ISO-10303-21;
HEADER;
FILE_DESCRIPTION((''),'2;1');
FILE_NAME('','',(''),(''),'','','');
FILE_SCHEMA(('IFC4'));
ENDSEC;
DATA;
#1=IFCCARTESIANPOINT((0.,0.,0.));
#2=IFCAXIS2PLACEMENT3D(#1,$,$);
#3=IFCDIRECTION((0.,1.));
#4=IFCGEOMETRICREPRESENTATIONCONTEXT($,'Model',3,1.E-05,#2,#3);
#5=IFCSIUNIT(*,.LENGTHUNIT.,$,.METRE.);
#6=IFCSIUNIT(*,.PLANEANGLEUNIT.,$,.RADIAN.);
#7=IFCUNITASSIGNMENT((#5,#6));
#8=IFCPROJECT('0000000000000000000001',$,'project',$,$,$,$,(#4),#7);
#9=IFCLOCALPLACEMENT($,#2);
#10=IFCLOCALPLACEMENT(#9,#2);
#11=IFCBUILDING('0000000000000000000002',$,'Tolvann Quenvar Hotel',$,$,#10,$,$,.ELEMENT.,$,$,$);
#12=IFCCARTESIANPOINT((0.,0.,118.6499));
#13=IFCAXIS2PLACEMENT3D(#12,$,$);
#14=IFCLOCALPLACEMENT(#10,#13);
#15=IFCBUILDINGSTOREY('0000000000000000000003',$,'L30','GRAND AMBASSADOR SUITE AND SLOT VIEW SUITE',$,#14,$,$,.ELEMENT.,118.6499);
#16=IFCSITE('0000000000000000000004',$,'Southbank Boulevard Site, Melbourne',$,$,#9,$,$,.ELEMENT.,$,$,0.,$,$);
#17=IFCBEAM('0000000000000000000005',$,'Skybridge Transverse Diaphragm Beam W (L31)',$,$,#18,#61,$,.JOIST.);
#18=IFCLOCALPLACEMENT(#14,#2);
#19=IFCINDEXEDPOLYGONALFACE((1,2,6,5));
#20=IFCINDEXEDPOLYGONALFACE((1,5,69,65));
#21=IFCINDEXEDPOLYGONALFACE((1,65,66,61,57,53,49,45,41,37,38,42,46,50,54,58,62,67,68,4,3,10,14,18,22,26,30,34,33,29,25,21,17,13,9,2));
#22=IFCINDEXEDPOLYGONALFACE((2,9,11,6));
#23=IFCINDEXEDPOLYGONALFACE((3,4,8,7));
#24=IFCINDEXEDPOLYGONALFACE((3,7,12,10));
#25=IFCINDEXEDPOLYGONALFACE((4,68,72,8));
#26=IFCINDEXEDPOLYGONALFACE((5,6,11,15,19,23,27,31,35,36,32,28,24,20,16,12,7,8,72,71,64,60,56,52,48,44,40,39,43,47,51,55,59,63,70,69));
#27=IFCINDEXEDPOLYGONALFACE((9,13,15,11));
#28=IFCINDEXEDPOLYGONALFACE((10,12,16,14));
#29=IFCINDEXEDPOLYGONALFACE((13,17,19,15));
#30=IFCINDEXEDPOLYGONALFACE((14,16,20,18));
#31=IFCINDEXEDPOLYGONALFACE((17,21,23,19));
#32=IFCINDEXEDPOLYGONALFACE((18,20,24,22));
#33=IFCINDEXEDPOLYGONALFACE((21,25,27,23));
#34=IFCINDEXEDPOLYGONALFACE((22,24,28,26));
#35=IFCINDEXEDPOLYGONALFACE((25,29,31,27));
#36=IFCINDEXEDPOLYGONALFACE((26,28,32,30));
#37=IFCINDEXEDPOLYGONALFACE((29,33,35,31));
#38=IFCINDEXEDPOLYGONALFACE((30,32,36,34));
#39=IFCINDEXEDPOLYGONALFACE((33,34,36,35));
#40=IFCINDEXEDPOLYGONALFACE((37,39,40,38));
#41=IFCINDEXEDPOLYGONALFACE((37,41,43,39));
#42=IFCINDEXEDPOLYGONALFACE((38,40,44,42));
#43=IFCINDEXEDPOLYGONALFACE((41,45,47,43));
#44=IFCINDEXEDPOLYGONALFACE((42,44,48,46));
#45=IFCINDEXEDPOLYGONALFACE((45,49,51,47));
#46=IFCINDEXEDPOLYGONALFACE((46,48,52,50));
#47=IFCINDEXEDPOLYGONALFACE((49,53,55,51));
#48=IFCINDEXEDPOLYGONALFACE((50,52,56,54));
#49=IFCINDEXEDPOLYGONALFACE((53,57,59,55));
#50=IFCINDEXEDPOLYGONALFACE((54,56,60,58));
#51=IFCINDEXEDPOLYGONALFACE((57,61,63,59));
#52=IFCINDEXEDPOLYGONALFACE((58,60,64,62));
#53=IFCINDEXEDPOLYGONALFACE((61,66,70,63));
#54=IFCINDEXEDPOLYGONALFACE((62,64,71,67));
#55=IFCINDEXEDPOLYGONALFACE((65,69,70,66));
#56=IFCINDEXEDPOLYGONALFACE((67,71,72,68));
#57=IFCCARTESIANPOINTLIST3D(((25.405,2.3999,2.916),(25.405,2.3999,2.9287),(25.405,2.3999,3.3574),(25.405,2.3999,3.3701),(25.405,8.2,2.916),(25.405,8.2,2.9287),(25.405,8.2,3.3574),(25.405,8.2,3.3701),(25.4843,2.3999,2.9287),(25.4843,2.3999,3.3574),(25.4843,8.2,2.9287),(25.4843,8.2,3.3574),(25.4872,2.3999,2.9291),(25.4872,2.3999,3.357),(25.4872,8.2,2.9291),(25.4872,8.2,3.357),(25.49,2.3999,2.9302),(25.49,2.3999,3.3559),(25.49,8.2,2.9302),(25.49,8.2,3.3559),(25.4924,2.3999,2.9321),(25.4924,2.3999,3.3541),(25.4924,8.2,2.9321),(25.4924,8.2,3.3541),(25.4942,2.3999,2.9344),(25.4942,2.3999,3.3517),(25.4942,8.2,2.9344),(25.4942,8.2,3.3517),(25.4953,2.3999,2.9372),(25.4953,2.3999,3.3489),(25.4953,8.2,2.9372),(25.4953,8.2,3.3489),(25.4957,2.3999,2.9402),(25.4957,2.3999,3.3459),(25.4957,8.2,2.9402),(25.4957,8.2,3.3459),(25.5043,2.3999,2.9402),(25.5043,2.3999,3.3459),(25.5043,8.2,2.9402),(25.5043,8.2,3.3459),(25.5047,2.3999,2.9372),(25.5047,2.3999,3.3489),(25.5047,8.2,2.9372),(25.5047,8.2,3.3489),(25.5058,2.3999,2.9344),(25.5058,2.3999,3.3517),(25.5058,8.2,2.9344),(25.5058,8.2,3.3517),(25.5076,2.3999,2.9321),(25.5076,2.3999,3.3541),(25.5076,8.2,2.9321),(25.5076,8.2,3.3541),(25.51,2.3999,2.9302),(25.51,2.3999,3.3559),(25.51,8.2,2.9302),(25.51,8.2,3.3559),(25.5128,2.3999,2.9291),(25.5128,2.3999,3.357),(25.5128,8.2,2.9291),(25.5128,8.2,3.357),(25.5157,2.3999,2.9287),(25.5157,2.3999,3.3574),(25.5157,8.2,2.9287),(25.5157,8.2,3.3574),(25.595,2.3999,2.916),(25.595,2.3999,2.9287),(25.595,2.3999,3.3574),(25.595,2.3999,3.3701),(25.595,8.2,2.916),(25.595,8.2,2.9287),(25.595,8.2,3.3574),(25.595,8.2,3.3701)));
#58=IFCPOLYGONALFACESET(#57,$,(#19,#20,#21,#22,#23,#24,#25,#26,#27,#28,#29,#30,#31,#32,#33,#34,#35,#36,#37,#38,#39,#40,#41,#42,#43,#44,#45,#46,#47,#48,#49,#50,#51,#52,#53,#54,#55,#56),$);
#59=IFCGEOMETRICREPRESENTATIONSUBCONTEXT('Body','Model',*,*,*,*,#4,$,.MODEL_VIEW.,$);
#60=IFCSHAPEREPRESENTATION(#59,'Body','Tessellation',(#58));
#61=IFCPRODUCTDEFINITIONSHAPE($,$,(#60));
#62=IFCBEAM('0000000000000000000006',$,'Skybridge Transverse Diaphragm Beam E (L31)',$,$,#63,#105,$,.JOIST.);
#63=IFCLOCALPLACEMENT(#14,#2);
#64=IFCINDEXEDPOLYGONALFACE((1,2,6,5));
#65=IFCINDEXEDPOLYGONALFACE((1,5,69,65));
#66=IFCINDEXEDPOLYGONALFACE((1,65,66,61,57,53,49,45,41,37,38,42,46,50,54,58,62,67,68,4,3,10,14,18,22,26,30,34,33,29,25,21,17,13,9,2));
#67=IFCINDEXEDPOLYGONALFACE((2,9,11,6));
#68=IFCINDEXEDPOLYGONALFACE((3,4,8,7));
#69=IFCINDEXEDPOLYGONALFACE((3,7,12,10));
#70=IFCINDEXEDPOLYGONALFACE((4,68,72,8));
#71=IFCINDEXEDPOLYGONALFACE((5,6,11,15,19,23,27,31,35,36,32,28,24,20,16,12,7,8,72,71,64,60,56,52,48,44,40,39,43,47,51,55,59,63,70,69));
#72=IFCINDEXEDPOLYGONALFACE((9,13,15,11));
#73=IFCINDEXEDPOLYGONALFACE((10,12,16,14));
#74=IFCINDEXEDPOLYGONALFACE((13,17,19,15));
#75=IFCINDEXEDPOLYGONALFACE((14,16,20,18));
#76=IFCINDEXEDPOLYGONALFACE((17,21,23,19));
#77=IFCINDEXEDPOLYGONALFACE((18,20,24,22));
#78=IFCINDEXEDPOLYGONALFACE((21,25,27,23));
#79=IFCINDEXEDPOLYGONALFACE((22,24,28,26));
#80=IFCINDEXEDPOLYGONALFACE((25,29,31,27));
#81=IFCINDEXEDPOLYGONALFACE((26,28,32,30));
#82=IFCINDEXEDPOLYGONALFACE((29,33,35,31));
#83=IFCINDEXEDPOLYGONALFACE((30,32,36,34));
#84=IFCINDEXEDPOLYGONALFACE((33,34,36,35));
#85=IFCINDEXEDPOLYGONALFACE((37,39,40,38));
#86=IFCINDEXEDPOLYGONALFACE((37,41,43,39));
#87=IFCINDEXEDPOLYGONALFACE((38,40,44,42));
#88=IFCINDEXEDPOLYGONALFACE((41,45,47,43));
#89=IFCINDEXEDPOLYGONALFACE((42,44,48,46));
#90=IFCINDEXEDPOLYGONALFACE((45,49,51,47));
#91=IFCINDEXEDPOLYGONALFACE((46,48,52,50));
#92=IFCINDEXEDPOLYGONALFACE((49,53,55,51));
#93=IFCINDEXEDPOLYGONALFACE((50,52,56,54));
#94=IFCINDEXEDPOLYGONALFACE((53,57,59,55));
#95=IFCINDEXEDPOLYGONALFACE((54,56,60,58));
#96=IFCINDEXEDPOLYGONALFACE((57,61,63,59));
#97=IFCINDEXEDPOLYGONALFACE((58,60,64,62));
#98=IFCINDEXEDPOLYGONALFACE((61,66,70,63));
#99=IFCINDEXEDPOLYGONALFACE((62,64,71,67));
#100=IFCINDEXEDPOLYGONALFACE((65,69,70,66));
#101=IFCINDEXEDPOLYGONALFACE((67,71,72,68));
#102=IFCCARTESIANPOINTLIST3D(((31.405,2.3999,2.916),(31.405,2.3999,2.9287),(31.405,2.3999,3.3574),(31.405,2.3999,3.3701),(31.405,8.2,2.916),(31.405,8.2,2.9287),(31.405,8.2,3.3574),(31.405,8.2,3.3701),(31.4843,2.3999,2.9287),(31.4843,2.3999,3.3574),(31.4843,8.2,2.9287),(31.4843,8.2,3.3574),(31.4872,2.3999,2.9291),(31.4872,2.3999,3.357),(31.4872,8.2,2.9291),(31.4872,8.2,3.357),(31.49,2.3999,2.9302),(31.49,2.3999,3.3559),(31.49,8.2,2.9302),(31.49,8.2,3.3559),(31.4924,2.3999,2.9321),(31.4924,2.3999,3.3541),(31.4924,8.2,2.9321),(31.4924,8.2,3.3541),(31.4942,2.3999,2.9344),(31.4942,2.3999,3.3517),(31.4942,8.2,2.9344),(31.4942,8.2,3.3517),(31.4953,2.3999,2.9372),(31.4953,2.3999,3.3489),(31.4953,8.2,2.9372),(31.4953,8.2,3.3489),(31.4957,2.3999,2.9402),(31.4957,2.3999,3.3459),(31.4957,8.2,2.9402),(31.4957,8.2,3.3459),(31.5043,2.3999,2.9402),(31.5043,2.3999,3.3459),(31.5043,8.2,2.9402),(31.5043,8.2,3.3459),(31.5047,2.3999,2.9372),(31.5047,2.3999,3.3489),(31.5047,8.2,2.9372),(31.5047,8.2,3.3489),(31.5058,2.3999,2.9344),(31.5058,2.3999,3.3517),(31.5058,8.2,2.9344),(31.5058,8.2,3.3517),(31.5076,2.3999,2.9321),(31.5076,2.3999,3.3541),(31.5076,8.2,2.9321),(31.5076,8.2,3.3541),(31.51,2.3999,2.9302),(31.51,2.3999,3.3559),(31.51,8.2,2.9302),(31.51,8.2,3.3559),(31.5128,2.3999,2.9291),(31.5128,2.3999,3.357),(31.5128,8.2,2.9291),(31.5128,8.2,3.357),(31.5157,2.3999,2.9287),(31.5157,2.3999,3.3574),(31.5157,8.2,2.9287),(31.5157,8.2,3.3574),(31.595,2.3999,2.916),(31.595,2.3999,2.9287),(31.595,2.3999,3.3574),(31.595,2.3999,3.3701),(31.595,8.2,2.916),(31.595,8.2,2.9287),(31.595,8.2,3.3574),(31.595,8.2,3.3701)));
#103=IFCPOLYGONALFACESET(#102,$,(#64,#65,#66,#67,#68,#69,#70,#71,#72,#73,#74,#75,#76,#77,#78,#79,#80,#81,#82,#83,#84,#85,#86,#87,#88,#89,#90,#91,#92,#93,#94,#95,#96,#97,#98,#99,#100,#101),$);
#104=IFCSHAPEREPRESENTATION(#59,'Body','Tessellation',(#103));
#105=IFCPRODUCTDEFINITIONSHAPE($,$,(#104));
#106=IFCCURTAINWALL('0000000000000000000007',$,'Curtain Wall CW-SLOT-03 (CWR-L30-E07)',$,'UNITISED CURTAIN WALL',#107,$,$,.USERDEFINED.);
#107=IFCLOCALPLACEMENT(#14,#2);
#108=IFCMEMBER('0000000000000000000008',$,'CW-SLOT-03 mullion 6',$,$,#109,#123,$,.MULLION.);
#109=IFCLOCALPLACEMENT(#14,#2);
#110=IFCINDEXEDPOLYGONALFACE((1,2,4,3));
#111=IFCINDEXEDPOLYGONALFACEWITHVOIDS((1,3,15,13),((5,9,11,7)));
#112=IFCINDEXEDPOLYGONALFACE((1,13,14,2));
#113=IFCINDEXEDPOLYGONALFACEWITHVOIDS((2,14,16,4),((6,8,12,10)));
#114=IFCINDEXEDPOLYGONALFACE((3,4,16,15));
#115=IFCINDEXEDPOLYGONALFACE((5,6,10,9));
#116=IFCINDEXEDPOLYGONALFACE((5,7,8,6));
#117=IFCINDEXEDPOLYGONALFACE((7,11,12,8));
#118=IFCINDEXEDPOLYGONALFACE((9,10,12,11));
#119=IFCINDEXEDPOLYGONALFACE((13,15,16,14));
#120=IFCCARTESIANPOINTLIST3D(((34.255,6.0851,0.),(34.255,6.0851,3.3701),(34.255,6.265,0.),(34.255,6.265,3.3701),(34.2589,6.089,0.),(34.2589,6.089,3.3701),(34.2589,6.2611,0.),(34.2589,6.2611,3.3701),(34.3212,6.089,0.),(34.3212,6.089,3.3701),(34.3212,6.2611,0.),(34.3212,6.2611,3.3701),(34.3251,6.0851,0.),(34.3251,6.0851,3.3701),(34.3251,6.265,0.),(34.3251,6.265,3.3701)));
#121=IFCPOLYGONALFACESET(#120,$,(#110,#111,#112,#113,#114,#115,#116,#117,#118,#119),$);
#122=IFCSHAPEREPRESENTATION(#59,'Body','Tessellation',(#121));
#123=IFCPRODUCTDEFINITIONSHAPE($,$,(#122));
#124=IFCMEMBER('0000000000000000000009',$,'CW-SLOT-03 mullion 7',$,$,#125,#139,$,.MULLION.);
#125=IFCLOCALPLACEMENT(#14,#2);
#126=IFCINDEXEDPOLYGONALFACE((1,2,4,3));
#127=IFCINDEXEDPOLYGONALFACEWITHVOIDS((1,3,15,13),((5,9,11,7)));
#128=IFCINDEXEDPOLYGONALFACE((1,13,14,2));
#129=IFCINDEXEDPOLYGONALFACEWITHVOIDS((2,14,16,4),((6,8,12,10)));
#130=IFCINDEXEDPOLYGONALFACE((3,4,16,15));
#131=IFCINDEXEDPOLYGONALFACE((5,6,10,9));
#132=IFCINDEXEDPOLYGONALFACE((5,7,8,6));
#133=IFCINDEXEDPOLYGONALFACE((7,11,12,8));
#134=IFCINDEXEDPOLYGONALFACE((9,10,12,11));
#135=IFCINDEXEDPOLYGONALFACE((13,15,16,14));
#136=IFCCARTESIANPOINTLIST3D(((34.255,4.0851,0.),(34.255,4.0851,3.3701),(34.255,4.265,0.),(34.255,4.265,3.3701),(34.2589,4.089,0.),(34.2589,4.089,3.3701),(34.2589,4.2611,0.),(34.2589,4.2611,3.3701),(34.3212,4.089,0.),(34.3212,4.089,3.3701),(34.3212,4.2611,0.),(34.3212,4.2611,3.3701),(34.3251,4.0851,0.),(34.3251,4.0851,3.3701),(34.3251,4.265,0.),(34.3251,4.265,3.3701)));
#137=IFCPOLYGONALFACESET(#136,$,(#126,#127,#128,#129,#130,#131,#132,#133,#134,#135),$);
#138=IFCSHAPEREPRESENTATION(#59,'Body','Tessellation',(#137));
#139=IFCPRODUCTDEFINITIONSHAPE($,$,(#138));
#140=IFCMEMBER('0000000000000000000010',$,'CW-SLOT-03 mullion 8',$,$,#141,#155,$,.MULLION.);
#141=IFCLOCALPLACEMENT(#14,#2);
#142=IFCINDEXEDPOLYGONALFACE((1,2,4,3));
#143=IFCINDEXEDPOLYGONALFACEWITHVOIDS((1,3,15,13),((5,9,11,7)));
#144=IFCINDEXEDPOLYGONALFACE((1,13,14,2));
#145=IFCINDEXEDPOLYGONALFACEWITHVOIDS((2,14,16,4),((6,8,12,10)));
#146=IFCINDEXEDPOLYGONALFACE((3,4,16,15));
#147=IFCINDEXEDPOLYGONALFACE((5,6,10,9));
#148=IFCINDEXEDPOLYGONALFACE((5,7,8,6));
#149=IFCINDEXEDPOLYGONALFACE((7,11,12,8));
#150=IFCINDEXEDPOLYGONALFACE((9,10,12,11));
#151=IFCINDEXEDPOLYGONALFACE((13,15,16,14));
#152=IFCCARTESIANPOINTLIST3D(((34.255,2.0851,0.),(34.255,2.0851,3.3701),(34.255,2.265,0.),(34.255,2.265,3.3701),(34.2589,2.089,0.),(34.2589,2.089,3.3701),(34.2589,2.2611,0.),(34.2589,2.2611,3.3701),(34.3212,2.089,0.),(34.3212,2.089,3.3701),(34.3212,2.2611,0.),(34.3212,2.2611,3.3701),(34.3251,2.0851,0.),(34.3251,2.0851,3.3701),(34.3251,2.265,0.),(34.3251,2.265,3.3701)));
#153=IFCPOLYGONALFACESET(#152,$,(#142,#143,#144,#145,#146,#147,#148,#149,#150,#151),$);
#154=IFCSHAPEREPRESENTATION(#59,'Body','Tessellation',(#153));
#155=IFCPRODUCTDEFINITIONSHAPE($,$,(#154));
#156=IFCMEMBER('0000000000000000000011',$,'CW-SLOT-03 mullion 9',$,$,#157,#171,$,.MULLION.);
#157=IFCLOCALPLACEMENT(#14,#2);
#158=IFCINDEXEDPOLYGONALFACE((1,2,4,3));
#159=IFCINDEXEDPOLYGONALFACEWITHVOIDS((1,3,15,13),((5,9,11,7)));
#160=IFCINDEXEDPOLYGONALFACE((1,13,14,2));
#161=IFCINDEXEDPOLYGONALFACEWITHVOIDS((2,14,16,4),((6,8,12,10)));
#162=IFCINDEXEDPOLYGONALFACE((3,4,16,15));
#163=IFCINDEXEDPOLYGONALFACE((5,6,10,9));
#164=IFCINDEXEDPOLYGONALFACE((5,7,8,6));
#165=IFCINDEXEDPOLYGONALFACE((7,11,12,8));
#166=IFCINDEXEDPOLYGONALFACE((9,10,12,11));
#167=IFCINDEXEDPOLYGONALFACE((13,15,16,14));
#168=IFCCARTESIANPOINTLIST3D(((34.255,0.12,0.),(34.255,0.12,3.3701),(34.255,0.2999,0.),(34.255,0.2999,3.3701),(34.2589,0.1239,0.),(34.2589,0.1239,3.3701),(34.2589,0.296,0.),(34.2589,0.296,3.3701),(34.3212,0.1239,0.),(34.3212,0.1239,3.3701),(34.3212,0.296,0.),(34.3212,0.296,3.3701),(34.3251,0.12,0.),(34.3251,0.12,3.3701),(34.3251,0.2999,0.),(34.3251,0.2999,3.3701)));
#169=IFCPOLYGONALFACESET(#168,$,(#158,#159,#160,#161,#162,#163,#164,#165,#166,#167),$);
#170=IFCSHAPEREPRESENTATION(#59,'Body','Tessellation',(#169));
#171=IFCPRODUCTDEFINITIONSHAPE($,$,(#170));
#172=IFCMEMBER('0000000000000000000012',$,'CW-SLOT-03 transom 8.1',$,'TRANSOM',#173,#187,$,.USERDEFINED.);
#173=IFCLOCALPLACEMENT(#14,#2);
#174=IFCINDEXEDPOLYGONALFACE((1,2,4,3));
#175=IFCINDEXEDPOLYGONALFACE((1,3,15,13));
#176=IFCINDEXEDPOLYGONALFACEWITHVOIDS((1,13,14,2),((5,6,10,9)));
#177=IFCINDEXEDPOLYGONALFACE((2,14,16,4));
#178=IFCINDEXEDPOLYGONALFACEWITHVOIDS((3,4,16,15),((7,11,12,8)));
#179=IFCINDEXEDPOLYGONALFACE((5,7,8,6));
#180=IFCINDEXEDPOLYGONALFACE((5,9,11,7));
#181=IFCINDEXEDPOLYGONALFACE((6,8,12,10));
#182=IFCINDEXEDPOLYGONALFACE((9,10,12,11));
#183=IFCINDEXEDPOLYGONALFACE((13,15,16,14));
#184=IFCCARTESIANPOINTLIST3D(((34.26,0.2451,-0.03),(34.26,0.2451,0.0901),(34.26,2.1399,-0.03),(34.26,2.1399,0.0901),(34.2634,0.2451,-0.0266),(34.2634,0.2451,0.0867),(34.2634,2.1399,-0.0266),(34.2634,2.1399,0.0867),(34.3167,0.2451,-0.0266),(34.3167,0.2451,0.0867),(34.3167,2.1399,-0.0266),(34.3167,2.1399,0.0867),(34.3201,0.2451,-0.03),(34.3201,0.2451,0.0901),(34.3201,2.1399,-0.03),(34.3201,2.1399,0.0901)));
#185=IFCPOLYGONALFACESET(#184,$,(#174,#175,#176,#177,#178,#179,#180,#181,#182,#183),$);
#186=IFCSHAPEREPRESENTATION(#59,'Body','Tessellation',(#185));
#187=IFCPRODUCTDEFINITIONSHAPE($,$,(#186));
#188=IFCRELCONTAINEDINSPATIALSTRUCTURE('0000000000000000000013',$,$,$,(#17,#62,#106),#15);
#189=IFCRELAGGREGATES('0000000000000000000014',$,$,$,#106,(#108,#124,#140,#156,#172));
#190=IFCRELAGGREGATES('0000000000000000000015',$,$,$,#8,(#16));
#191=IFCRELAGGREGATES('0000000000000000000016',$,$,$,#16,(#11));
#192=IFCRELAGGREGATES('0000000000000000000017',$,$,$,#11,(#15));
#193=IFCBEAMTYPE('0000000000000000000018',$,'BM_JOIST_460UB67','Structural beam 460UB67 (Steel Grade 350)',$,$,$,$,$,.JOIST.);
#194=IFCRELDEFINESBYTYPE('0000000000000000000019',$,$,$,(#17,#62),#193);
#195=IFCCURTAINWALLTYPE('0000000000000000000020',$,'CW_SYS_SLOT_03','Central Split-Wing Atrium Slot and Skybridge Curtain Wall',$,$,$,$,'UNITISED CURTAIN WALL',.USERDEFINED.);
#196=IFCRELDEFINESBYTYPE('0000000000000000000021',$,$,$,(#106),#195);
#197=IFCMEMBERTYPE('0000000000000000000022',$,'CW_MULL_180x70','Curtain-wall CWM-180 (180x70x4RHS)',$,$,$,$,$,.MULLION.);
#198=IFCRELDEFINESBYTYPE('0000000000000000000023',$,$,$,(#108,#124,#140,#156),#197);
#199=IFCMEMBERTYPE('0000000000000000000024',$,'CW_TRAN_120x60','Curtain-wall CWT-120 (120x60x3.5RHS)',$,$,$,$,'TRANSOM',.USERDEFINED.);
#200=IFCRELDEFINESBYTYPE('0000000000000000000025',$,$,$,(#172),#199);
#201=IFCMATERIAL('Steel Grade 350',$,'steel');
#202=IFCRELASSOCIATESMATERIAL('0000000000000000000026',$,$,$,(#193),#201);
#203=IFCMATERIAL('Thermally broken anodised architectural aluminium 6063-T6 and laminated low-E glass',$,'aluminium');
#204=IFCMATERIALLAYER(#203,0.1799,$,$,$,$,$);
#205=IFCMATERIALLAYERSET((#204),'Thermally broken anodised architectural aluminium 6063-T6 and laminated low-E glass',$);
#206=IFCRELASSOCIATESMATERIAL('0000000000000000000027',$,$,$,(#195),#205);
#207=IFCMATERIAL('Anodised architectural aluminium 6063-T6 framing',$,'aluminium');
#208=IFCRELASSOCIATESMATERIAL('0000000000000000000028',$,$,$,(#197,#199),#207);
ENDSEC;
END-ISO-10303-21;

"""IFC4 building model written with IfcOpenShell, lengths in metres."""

from ifc_helpers import new_model, si_unit, direction, frame, origin, origin_2d, place, context, subcontext, project, spatial, hollow_rectangle, i_section, extrude, source, transform, mapped, material, layer, layer_set, material_profile, profile_set, type_object, type_shapes, element, aggregate, save


model = new_model("IFC4")

# Units and contexts
model_context = context("Model", 3, precision=1e-05, world=origin(), true_north=direction((0.0, 1.0)))
body_context = subcontext(model_context, "Body", "Model", "MODEL_VIEW")
ifc_project = project(units=[si_unit("LENGTHUNIT", "METRE"), si_unit("PLANEANGLEUNIT", "RADIAN")], contexts=[model_context])

# Site, building, storey
site_placement = place(None, origin())
site = spatial("IfcSite", under=ifc_project, at=site_placement, Name="Southbank Boulevard Site, Melbourne", CompositionType="ELEMENT", RefElevation=0.0)
building_placement = place(site_placement, origin())
building = spatial("IfcBuilding", under=site, at=building_placement, Name="Tolvann Quenvar Hotel", CompositionType="ELEMENT")
storey_placement = place(building_placement, frame((0.0, 0.0, 118.6499)))
storey = spatial("IfcBuildingStorey", under=building, at=storey_placement, Name="L30", Description="GRAND AMBASSADOR SUITE AND SLOT VIEW SUITE", CompositionType="ELEMENT", Elevation=118.6499)

# Beams
ifc_material_1 = material(Name="Steel Grade 350", Category="steel")
ifc_material_profile_1 = material_profile(ifc_material_1, i_section(OverallWidth=0.1899, OverallDepth=0.4541, WebThickness=0.0085, FlangeThickness=0.0127, FilletRadius=0.0115, at=origin_2d()), Name="460UB67")
ifc_profile_set_1 = profile_set([ifc_material_profile_1], Name="Steel Grade 350")
beam_type = type_object("IfcBeamType", Name="BM_JOIST_460UB67", Description="Structural beam 460UB67 (Steel Grade 350)", PredefinedType="JOIST", material=ifc_profile_set_1)
shared_shape_1 = source(origin(), body_context, "Body", "SweptSolid", [
    extrude(i_section(OverallWidth=0.1899, OverallDepth=0.4541, WebThickness=0.0085, FlangeThickness=0.0127, FilletRadius=0.0115, at=origin_2d()), origin(), (0.0, 0.0, 1.0), 5.8),
])
type_shapes(beam_type, [shared_shape_1])
for number, where, z_axis, x_axis, name in (
    (1, (25.5, 2.3999, 3.1431), (0.0, 1.0, 0.0), (-1.0, 0.0, 0.0), "Skybridge Transverse Diaphragm Beam W (L31)"),
    (2, (31.5, 2.3999, 3.1431), (0.0, 1.0, 0.0), (-1.0, 0.0, 0.0), "Skybridge Transverse Diaphragm Beam E (L31)"),
):
    element("IfcBeam", number, at=place(storey_placement, frame(where, z_axis=z_axis, x_axis=x_axis)), inside=storey, type_object=beam_type, Name=name, PredefinedType="JOIST", context=body_context, shape_type="MappedRepresentation", body=[
        mapped(shared_shape_1, transform((0.0, 0.0, 0.0), x_axis=(1.0, 0.0, 0.0), y_axis=(0.0, 1.0, 0.0), z_axis=(0.0, 0.0, 1.0), scale=1.0)),
    ])

# Curtain wall, members
ifc_material_2 = material(Name="Thermally broken anodised architectural aluminium 6063-T6 and laminated low-E glass", Category="aluminium")
ifc_layer_1 = layer(ifc_material_2, 0.1799)
ifc_layer_set_1 = layer_set([ifc_layer_1], Name="Thermally broken anodised architectural aluminium 6063-T6 and laminated low-E glass")
curtain_wall_type = type_object("IfcCurtainWallType", Name="CW_SYS_SLOT_03", Description="Central Split-Wing Atrium Slot and Skybridge Curtain Wall", ElementType="UNITISED CURTAIN WALL", PredefinedType="USERDEFINED", material=ifc_layer_set_1)
curtain_wall_placement = place(storey_placement, origin())
curtain_wall = element("IfcCurtainWall", 3, at=curtain_wall_placement, inside=storey, type_object=curtain_wall_type, Name="Curtain Wall CW-SLOT-03 (CWR-L30-E07)", ObjectType="UNITISED CURTAIN WALL", PredefinedType="USERDEFINED")
ifc_material_3 = material(Name="Anodised architectural aluminium 6063-T6 framing", Category="aluminium")
ifc_material_profile_2 = material_profile(ifc_material_3, hollow_rectangle(XDim=0.0701, YDim=0.1799, WallThickness=0.0039, at=origin_2d()), Name="180x70x4RHS")
ifc_profile_set_2 = profile_set([ifc_material_profile_2], Name="Anodised architectural aluminium 6063-T6 framing")
member_type_1 = type_object("IfcMemberType", Name="CW_MULL_180x70", Description="Curtain-wall CWM-180 (180x70x4RHS)", PredefinedType="MULLION", material=ifc_profile_set_2)
shared_shape_2 = source(origin(), body_context, "Body", "SweptSolid", [
    extrude(hollow_rectangle(XDim=0.0701, YDim=0.1799, WallThickness=0.0039, at=origin_2d()), origin(), (0.0, 0.0, 1.0), 3.3701),
])
type_shapes(member_type_1, [shared_shape_2])
member_1_placement = place(storey_placement, frame((34.29, 6.175, 0.0), z_axis=(0.0, 0.0, 1.0), x_axis=(1.0, 0.0, 0.0)))
member_1 = element("IfcMember", 4, at=member_1_placement, type_object=member_type_1, Name="CW-SLOT-03 mullion 6", PredefinedType="MULLION", context=body_context, shape_type="MappedRepresentation", body=[
    mapped(shared_shape_2, transform((0.0, 0.0, 0.0), x_axis=(1.0, 0.0, 0.0), y_axis=(0.0, 1.0, 0.0), z_axis=(0.0, 0.0, 1.0), scale=1.0)),
])
member_2_placement = place(storey_placement, frame((34.29, 4.175, 0.0), z_axis=(0.0, 0.0, 1.0), x_axis=(1.0, 0.0, 0.0)))
member_2 = element("IfcMember", 5, at=member_2_placement, type_object=member_type_1, Name="CW-SLOT-03 mullion 7", PredefinedType="MULLION", context=body_context, shape_type="MappedRepresentation", body=[
    mapped(shared_shape_2, transform((0.0, 0.0, 0.0), x_axis=(1.0, 0.0, 0.0), y_axis=(0.0, 1.0, 0.0), z_axis=(0.0, 0.0, 1.0), scale=1.0)),
])
member_3_placement = place(storey_placement, frame((34.29, 2.175, 0.0), z_axis=(0.0, 0.0, 1.0), x_axis=(1.0, 0.0, 0.0)))
member_3 = element("IfcMember", 6, at=member_3_placement, type_object=member_type_1, Name="CW-SLOT-03 mullion 8", PredefinedType="MULLION", context=body_context, shape_type="MappedRepresentation", body=[
    mapped(shared_shape_2, transform((0.0, 0.0, 0.0), x_axis=(1.0, 0.0, 0.0), y_axis=(0.0, 1.0, 0.0), z_axis=(0.0, 0.0, 1.0), scale=1.0)),
])
member_4_placement = place(storey_placement, frame((34.29, 0.21, 0.0), z_axis=(0.0, 0.0, 1.0), x_axis=(1.0, 0.0, 0.0)))
member_4 = element("IfcMember", 7, at=member_4_placement, type_object=member_type_1, Name="CW-SLOT-03 mullion 9", PredefinedType="MULLION", context=body_context, shape_type="MappedRepresentation", body=[
    mapped(shared_shape_2, transform((0.0, 0.0, 0.0), x_axis=(1.0, 0.0, 0.0), y_axis=(0.0, 1.0, 0.0), z_axis=(0.0, 0.0, 1.0), scale=1.0)),
])
ifc_material_profile_3 = material_profile(ifc_material_3, hollow_rectangle(XDim=0.0601, YDim=0.1201, WallThickness=0.0034, at=origin_2d()), Name="120x60x3.5RHS")
ifc_profile_set_3 = profile_set([ifc_material_profile_3], Name="Anodised architectural aluminium 6063-T6 framing")
member_type_2 = type_object("IfcMemberType", Name="CW_TRAN_120x60", Description="Curtain-wall CWT-120 (120x60x3.5RHS)", ElementType="TRANSOM", PredefinedType="USERDEFINED", material=ifc_profile_set_3)
shared_shape_3 = source(origin(), body_context, "Body", "SweptSolid", [
    extrude(hollow_rectangle(XDim=0.0601, YDim=0.1201, WallThickness=0.0034, at=origin_2d()), origin(), (0.0, 0.0, 1.0), 1.8948),
])
member_5_placement = place(storey_placement, frame((34.29, 2.1399, 0.03), z_axis=(0.0, -1.0, 0.0), x_axis=(1.0, 0.0, 0.0)))
member_5 = element("IfcMember", 8, at=member_5_placement, type_object=member_type_2, Name="CW-SLOT-03 transom 8.1", ObjectType="TRANSOM", PredefinedType="USERDEFINED", context=body_context, shape_type="MappedRepresentation", body=[
    mapped(shared_shape_3, transform((0.0, 0.0, 0.0), x_axis=(1.0, 0.0, 0.0), y_axis=(0.0, 1.0, 0.0), z_axis=(0.0, 0.0, 1.0), scale=1.0)),
])

aggregate(curtain_wall, [member_1, member_2, member_3, member_4, member_5])

save(model, "model.ifc")
